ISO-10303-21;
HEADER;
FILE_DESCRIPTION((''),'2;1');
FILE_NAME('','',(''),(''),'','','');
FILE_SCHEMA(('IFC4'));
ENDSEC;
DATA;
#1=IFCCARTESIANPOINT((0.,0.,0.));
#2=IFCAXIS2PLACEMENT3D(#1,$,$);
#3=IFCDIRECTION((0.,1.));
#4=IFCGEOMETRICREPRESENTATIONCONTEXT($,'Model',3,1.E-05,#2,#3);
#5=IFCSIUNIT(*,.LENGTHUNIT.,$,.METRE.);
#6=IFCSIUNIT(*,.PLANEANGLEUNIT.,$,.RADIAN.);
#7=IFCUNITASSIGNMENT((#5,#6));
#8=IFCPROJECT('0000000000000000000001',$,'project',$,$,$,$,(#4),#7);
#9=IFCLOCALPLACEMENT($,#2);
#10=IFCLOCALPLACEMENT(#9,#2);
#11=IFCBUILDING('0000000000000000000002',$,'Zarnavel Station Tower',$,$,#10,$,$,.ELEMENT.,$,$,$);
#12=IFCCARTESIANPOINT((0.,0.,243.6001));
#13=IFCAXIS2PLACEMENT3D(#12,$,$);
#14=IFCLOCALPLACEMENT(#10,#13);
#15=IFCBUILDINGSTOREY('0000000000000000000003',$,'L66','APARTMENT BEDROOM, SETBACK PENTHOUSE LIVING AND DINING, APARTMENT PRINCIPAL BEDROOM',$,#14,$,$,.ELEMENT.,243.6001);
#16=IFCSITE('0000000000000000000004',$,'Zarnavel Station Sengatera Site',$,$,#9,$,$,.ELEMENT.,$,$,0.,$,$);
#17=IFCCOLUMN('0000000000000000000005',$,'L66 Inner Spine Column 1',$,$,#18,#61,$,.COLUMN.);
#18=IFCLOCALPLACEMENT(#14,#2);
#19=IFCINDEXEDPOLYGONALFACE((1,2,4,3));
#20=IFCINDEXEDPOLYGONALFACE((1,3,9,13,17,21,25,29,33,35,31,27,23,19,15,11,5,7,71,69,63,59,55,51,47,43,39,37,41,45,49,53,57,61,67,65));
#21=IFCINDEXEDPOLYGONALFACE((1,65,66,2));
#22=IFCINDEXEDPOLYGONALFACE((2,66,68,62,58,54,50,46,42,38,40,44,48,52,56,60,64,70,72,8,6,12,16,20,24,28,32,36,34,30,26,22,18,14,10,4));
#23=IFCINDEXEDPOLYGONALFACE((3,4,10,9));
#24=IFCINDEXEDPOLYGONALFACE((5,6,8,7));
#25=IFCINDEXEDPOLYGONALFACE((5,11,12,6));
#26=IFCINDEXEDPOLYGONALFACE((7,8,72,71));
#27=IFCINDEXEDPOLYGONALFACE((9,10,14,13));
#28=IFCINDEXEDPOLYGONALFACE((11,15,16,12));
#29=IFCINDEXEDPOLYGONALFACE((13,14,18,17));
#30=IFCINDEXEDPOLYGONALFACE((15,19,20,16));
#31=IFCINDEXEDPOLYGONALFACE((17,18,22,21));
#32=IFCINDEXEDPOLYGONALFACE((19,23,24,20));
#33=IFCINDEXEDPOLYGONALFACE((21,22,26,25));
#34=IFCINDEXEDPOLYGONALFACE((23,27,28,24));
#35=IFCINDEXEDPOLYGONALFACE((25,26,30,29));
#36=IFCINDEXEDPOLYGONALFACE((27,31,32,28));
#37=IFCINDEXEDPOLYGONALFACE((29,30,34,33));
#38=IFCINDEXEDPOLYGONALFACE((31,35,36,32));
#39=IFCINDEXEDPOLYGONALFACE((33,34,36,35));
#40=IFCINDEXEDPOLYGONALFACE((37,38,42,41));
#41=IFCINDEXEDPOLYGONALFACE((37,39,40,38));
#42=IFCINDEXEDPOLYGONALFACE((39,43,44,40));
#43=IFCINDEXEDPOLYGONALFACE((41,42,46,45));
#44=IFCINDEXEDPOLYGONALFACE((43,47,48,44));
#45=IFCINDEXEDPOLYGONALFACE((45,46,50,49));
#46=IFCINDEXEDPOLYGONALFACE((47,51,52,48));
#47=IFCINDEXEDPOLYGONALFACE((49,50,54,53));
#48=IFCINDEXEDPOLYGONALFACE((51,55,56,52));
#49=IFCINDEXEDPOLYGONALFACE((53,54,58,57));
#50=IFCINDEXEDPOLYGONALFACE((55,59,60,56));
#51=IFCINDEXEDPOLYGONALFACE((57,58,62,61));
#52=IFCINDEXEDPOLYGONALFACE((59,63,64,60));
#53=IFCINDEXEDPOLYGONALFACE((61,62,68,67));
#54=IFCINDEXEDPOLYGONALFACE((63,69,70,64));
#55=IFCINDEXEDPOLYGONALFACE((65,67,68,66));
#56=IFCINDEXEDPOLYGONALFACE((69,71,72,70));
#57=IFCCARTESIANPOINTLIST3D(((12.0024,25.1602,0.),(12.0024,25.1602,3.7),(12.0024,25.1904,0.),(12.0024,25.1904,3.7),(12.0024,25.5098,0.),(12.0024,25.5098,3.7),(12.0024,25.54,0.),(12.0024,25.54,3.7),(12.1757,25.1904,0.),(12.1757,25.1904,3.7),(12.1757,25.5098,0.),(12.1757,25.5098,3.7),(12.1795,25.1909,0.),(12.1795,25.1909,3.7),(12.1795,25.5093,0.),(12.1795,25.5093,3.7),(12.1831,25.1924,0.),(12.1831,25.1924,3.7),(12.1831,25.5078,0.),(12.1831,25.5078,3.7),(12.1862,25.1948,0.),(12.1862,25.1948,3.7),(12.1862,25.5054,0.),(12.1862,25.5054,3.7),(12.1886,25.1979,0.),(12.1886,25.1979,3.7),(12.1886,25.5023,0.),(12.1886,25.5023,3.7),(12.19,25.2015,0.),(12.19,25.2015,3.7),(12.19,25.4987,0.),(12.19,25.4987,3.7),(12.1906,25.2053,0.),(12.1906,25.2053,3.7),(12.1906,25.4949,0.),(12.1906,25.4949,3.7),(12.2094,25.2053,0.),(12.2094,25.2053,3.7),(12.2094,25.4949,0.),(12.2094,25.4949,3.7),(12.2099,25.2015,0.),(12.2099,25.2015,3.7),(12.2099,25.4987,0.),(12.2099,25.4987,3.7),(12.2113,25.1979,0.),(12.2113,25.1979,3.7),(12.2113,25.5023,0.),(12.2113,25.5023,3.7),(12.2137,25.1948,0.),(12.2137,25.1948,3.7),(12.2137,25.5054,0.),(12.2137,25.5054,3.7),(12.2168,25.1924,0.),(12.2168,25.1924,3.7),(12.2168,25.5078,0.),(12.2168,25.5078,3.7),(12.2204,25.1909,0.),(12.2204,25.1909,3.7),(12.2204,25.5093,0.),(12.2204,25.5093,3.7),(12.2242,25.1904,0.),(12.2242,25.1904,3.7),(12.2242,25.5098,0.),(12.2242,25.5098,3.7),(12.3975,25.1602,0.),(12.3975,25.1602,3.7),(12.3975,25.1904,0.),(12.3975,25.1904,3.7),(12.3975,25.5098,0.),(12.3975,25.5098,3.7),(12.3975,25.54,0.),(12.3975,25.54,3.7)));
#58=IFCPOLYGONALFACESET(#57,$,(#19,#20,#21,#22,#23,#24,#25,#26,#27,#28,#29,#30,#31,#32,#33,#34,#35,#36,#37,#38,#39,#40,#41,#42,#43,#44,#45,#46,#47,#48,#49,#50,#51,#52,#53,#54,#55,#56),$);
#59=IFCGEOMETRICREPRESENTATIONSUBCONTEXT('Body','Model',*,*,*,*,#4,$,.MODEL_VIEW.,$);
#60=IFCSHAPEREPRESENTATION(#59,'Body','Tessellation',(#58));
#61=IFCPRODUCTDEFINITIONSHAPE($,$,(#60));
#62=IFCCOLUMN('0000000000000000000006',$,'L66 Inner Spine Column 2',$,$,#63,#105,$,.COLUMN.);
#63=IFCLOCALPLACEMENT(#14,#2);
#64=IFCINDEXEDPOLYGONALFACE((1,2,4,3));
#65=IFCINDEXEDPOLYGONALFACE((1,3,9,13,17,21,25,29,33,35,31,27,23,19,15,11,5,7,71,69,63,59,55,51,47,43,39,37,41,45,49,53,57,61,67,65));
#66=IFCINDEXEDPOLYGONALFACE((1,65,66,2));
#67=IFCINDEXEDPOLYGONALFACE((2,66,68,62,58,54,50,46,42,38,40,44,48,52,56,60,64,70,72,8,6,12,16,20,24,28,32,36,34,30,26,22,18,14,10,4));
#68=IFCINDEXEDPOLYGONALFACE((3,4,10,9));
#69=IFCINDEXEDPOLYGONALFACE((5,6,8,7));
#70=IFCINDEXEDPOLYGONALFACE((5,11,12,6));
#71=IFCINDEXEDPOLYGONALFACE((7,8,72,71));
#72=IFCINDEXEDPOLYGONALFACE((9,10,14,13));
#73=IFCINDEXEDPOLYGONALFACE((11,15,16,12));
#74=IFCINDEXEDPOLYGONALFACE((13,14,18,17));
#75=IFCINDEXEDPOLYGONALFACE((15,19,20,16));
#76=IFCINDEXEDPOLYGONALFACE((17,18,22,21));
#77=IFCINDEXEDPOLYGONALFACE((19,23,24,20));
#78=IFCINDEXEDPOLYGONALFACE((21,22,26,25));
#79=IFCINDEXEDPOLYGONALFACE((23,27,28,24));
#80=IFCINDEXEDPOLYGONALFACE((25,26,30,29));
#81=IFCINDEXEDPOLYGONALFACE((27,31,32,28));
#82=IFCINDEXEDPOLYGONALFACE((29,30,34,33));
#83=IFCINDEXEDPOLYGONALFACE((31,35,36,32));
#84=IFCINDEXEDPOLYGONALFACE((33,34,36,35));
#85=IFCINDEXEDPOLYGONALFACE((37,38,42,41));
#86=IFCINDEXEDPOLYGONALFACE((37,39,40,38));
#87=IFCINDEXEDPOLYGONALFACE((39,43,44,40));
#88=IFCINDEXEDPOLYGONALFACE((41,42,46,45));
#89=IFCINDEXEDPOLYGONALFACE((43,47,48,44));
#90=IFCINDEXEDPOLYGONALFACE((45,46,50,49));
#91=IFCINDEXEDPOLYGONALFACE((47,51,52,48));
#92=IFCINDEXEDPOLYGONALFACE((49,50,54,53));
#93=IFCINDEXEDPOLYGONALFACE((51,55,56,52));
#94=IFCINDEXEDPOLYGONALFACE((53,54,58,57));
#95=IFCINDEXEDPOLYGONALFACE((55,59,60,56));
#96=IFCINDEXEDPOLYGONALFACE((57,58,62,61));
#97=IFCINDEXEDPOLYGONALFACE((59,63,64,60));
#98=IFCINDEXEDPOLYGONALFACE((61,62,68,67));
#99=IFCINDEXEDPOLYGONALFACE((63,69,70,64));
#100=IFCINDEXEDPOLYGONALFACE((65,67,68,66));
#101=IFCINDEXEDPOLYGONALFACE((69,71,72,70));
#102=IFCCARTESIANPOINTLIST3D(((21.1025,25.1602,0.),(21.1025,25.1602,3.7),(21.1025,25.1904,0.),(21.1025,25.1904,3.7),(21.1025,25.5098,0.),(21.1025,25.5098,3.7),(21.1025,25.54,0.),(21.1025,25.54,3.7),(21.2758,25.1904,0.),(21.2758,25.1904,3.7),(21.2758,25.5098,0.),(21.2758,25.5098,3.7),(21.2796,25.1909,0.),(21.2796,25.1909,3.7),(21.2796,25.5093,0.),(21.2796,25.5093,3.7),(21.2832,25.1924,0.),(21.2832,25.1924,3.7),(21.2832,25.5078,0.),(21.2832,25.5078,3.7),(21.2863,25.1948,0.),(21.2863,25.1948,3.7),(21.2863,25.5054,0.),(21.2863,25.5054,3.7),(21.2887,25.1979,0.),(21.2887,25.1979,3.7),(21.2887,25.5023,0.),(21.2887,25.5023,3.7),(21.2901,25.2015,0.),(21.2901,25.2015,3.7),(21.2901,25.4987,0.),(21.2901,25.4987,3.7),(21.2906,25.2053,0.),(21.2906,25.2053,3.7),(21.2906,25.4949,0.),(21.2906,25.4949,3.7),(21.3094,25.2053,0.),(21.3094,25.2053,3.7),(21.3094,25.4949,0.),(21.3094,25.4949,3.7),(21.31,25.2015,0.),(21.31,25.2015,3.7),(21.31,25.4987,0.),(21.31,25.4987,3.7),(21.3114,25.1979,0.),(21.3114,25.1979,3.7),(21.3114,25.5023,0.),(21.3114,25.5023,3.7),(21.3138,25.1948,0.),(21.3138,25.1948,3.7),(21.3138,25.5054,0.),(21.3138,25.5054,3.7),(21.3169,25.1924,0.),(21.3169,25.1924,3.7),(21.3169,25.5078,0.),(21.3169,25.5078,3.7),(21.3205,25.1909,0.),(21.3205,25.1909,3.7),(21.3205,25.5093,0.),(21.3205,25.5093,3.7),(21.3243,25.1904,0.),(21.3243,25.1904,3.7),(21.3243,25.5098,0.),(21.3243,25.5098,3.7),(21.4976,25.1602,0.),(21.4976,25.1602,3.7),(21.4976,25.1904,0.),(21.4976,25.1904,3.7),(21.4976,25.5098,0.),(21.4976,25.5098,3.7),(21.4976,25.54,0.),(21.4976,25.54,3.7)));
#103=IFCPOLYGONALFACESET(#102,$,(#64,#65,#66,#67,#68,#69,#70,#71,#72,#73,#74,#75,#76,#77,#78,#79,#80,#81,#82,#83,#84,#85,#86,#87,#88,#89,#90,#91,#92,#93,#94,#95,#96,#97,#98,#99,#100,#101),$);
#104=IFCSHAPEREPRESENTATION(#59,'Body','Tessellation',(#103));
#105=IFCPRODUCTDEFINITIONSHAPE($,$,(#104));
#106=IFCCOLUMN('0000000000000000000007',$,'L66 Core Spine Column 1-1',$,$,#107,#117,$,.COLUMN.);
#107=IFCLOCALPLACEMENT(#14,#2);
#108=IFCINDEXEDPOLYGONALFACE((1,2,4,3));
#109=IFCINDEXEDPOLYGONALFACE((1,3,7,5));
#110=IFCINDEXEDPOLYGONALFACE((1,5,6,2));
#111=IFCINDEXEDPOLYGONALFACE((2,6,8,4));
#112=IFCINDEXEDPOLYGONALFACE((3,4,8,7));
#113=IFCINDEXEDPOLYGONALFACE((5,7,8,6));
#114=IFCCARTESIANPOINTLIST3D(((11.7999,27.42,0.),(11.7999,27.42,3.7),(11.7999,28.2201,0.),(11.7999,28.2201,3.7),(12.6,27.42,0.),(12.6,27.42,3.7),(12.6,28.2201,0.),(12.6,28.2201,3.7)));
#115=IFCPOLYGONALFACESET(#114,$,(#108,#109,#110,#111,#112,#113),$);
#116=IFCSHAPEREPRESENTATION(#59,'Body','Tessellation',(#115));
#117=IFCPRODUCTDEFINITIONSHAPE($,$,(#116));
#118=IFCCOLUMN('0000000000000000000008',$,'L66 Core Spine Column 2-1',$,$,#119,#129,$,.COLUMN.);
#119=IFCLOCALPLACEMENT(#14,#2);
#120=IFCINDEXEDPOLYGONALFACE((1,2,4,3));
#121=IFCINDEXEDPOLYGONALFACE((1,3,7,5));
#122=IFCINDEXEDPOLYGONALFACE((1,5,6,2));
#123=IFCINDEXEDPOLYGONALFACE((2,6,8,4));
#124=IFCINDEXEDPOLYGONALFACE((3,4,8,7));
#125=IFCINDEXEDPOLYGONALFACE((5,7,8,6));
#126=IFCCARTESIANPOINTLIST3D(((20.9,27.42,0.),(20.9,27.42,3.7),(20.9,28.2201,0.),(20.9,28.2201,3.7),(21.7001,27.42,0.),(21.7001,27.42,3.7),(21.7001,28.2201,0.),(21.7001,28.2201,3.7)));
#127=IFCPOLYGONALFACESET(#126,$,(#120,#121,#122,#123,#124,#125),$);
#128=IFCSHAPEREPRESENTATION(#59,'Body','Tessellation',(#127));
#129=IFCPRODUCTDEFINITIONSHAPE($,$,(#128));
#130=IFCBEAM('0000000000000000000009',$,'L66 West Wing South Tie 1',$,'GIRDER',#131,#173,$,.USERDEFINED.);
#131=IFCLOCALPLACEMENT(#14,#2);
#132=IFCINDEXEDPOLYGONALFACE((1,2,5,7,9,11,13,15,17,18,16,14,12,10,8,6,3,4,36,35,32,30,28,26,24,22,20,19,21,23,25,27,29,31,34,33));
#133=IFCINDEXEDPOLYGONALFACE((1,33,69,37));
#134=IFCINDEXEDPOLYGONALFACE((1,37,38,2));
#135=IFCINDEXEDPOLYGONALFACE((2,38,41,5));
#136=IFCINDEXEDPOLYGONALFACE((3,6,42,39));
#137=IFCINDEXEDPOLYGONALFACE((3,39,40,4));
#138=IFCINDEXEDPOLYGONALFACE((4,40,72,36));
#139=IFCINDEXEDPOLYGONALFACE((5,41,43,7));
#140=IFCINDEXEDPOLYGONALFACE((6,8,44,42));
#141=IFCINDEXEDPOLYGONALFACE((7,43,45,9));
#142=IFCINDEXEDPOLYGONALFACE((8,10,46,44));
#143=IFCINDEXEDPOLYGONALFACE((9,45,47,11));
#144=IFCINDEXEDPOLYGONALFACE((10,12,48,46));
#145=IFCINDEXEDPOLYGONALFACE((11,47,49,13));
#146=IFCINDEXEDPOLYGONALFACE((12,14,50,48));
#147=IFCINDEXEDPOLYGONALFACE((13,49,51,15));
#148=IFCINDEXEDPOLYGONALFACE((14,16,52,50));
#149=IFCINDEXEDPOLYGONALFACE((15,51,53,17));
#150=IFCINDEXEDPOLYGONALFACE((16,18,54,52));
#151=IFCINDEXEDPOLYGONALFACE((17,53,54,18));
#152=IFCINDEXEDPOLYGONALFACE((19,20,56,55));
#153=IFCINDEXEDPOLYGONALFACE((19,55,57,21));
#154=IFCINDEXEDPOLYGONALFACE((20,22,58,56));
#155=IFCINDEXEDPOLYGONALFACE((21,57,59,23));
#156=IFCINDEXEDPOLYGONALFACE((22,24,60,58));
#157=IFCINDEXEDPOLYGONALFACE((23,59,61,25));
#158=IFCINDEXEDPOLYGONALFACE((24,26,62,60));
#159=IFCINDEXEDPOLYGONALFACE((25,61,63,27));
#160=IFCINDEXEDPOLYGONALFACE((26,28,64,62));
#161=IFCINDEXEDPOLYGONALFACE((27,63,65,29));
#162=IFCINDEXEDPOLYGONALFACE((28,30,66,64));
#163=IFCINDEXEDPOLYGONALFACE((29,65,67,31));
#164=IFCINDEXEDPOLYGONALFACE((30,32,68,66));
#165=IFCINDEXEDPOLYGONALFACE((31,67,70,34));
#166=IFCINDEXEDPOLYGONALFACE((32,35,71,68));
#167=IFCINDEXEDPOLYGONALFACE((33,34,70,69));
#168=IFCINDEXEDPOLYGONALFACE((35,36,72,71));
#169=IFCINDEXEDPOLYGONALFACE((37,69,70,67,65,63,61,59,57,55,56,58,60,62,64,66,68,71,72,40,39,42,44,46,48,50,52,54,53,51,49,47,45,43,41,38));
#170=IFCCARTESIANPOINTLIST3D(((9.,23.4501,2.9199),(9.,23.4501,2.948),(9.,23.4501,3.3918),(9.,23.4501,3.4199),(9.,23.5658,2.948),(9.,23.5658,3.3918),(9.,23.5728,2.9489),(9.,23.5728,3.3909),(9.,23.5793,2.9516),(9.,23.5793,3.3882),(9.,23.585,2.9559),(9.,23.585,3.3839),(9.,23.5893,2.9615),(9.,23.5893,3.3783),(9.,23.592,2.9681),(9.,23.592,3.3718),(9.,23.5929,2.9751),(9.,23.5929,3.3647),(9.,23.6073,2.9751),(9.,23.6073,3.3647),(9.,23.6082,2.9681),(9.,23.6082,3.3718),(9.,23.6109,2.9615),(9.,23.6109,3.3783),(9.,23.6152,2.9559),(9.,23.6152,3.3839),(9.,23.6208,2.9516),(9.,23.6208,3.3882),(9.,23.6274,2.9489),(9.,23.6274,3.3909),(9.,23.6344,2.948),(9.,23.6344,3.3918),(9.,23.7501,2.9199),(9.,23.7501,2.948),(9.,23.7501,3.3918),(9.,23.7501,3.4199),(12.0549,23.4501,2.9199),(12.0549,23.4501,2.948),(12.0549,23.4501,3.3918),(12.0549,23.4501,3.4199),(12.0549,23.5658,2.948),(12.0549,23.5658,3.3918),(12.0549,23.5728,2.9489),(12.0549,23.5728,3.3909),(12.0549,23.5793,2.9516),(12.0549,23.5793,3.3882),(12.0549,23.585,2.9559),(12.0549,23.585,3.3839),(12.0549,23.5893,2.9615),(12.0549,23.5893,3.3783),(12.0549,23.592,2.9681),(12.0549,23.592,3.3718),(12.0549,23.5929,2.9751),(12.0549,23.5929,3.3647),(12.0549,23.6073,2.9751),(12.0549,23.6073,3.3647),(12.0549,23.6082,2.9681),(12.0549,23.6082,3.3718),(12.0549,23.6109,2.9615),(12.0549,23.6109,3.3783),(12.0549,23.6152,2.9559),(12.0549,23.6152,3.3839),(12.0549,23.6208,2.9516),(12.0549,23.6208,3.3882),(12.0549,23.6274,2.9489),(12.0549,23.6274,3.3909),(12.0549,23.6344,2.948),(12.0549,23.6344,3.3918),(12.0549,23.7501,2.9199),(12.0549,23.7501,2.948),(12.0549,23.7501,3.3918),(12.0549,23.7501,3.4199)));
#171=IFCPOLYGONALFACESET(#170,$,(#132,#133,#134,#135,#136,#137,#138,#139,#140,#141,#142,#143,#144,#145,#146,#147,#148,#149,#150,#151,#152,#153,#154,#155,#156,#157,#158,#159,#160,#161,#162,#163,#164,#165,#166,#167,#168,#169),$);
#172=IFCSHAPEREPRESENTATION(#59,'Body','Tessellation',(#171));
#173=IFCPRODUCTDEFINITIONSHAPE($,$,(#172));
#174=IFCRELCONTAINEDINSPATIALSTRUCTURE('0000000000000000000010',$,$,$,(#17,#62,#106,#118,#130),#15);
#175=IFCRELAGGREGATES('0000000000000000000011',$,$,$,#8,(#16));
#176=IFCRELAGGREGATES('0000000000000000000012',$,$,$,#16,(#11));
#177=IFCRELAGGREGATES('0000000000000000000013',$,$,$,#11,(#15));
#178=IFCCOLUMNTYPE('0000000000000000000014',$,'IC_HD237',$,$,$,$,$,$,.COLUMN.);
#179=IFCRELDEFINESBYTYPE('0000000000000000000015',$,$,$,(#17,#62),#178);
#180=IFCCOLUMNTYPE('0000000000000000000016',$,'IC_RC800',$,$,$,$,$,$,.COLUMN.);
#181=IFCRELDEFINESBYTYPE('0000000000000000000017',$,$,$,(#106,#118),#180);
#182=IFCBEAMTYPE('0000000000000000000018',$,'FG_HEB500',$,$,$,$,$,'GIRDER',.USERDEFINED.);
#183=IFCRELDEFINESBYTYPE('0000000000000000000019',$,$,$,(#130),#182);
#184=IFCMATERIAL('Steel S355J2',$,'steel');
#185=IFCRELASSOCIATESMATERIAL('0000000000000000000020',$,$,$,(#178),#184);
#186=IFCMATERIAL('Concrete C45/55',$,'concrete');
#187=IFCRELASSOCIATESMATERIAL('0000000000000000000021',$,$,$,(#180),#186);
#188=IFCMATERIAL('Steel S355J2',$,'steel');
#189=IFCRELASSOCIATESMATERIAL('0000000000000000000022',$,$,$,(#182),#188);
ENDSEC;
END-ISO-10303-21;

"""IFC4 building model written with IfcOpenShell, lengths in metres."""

from ifc_helpers import new_model, si_unit, direction, frame, origin, origin_2d, place, context, subcontext, project, spatial, rectangle, i_section, extrude, material, material_profile, profile_set, type_object, element, save


model = new_model("IFC4")

# Units and contexts
model_context = context("Model", 3, precision=1e-05, world=origin(), true_north=direction((0.0, 1.0)))
body_context = subcontext(model_context, "Body", "Model", "MODEL_VIEW")
ifc_project = project(units=[si_unit("LENGTHUNIT", "METRE"), si_unit("PLANEANGLEUNIT", "RADIAN")], contexts=[model_context])

# Site, building, storey
site_placement = place(None, origin())
site = spatial("IfcSite", under=ifc_project, at=site_placement, Name="Zarnavel Station Sengatera Site", CompositionType="ELEMENT", RefElevation=0.0)
building_placement = place(site_placement, origin())
building = spatial("IfcBuilding", under=site, at=building_placement, Name="Zarnavel Station Tower", CompositionType="ELEMENT")
storey_placement = place(building_placement, frame((0.0, 0.0, 243.6001)))
storey = spatial("IfcBuildingStorey", under=building, at=storey_placement, Name="L66", Description="APARTMENT BEDROOM, SETBACK PENTHOUSE LIVING AND DINING, APARTMENT PRINCIPAL BEDROOM", CompositionType="ELEMENT", Elevation=243.6001)

# Columns
ifc_material_1 = material(Name="Steel S355J2", Category="steel")
ifc_material_profile_1 = material_profile(ifc_material_1, i_section(OverallWidth=0.395, OverallDepth=0.3799, WebThickness=0.0188, FlangeThickness=0.0303, FilletRadius=0.0149, at=origin_2d()), Name="HD400x237")
ifc_profile_set_1 = profile_set([ifc_material_profile_1], Name="Steel S355J2")
column_type_1 = type_object("IfcColumnType", Name="IC_HD237", PredefinedType="COLUMN", material=ifc_profile_set_1)
for number, where, z_axis, x_axis, name in (
    (1, (12.2, 25.3501, 0.0), (0.0, 0.0, 1.0), (1.0, 0.0, 0.0), "L66 Inner Spine Column 1"),
    (2, (21.3, 25.3501, 0.0), (0.0, 0.0, 1.0), (1.0, 0.0, 0.0), "L66 Inner Spine Column 2"),
):
    element("IfcColumn", number, at=place(storey_placement, frame(where, z_axis=z_axis, x_axis=x_axis)), inside=storey, type_object=column_type_1, Name=name, PredefinedType="COLUMN", context=body_context, shape_type="SweptSolid", body=[
        extrude(i_section(OverallWidth=0.395, OverallDepth=0.3799, WebThickness=0.0188, FlangeThickness=0.0303, FilletRadius=0.0149, at=origin_2d()), origin(), (0.0, 0.0, 1.0), 3.7),
    ])
ifc_material_2 = material(Name="Concrete C45/55", Category="concrete")
ifc_material_profile_2 = material_profile(ifc_material_2, rectangle(XDim=0.8, YDim=0.8, at=origin_2d()), Name="RC800x800")
ifc_profile_set_2 = profile_set([ifc_material_profile_2], Name="Concrete C45/55")
column_type_2 = type_object("IfcColumnType", Name="IC_RC800", PredefinedType="COLUMN", material=ifc_profile_set_2)
for number, where, z_axis, x_axis, name in (
    (3, (12.2, 27.8201, 0.0), (0.0, 0.0, 1.0), (1.0, 0.0, 0.0), "L66 Core Spine Column 1-1"),
    (4, (21.3, 27.8201, 0.0), (0.0, 0.0, 1.0), (1.0, 0.0, 0.0), "L66 Core Spine Column 2-1"),
):
    element("IfcColumn", number, at=place(storey_placement, frame(where, z_axis=z_axis, x_axis=x_axis)), inside=storey, type_object=column_type_2, Name=name, PredefinedType="COLUMN", context=body_context, shape_type="SweptSolid", body=[
        extrude(rectangle(XDim=0.8, YDim=0.8, at=origin_2d()), origin(), (0.0, 0.0, 1.0), 3.7),
    ])

# Beam
ifc_material_3 = material(Name="Steel S355J2", Category="steel")
ifc_material_profile_3 = material_profile(ifc_material_3, i_section(OverallWidth=0.3, OverallDepth=0.5, WebThickness=0.0144, FlangeThickness=0.0281, FilletRadius=0.0271, at=origin_2d()), Name="HEB500")
ifc_profile_set_3 = profile_set([ifc_material_profile_3], Name="Steel S355J2")
beam_type_1 = type_object("IfcBeamType", Name="FG_HEB500", ElementType="GIRDER", PredefinedType="USERDEFINED", material=ifc_profile_set_3)
beam_1_placement = place(storey_placement, frame((9.0, 23.6001, 3.1699), z_axis=(1.0, 0.0, 0.0), x_axis=(0.0, 1.0, 0.0)))
element("IfcBeam", 5, at=beam_1_placement, inside=storey, type_object=beam_type_1, Name="L66 West Wing South Tie 1", ObjectType="GIRDER", PredefinedType="USERDEFINED", context=body_context, shape_type="SweptSolid", body=[
    extrude(i_section(OverallWidth=0.3, OverallDepth=0.5, WebThickness=0.0144, FlangeThickness=0.0281, FilletRadius=0.0271, at=origin_2d()), origin(), (0.0, 0.0, 1.0), 3.0549),
])

save(model, "model.ifc")
